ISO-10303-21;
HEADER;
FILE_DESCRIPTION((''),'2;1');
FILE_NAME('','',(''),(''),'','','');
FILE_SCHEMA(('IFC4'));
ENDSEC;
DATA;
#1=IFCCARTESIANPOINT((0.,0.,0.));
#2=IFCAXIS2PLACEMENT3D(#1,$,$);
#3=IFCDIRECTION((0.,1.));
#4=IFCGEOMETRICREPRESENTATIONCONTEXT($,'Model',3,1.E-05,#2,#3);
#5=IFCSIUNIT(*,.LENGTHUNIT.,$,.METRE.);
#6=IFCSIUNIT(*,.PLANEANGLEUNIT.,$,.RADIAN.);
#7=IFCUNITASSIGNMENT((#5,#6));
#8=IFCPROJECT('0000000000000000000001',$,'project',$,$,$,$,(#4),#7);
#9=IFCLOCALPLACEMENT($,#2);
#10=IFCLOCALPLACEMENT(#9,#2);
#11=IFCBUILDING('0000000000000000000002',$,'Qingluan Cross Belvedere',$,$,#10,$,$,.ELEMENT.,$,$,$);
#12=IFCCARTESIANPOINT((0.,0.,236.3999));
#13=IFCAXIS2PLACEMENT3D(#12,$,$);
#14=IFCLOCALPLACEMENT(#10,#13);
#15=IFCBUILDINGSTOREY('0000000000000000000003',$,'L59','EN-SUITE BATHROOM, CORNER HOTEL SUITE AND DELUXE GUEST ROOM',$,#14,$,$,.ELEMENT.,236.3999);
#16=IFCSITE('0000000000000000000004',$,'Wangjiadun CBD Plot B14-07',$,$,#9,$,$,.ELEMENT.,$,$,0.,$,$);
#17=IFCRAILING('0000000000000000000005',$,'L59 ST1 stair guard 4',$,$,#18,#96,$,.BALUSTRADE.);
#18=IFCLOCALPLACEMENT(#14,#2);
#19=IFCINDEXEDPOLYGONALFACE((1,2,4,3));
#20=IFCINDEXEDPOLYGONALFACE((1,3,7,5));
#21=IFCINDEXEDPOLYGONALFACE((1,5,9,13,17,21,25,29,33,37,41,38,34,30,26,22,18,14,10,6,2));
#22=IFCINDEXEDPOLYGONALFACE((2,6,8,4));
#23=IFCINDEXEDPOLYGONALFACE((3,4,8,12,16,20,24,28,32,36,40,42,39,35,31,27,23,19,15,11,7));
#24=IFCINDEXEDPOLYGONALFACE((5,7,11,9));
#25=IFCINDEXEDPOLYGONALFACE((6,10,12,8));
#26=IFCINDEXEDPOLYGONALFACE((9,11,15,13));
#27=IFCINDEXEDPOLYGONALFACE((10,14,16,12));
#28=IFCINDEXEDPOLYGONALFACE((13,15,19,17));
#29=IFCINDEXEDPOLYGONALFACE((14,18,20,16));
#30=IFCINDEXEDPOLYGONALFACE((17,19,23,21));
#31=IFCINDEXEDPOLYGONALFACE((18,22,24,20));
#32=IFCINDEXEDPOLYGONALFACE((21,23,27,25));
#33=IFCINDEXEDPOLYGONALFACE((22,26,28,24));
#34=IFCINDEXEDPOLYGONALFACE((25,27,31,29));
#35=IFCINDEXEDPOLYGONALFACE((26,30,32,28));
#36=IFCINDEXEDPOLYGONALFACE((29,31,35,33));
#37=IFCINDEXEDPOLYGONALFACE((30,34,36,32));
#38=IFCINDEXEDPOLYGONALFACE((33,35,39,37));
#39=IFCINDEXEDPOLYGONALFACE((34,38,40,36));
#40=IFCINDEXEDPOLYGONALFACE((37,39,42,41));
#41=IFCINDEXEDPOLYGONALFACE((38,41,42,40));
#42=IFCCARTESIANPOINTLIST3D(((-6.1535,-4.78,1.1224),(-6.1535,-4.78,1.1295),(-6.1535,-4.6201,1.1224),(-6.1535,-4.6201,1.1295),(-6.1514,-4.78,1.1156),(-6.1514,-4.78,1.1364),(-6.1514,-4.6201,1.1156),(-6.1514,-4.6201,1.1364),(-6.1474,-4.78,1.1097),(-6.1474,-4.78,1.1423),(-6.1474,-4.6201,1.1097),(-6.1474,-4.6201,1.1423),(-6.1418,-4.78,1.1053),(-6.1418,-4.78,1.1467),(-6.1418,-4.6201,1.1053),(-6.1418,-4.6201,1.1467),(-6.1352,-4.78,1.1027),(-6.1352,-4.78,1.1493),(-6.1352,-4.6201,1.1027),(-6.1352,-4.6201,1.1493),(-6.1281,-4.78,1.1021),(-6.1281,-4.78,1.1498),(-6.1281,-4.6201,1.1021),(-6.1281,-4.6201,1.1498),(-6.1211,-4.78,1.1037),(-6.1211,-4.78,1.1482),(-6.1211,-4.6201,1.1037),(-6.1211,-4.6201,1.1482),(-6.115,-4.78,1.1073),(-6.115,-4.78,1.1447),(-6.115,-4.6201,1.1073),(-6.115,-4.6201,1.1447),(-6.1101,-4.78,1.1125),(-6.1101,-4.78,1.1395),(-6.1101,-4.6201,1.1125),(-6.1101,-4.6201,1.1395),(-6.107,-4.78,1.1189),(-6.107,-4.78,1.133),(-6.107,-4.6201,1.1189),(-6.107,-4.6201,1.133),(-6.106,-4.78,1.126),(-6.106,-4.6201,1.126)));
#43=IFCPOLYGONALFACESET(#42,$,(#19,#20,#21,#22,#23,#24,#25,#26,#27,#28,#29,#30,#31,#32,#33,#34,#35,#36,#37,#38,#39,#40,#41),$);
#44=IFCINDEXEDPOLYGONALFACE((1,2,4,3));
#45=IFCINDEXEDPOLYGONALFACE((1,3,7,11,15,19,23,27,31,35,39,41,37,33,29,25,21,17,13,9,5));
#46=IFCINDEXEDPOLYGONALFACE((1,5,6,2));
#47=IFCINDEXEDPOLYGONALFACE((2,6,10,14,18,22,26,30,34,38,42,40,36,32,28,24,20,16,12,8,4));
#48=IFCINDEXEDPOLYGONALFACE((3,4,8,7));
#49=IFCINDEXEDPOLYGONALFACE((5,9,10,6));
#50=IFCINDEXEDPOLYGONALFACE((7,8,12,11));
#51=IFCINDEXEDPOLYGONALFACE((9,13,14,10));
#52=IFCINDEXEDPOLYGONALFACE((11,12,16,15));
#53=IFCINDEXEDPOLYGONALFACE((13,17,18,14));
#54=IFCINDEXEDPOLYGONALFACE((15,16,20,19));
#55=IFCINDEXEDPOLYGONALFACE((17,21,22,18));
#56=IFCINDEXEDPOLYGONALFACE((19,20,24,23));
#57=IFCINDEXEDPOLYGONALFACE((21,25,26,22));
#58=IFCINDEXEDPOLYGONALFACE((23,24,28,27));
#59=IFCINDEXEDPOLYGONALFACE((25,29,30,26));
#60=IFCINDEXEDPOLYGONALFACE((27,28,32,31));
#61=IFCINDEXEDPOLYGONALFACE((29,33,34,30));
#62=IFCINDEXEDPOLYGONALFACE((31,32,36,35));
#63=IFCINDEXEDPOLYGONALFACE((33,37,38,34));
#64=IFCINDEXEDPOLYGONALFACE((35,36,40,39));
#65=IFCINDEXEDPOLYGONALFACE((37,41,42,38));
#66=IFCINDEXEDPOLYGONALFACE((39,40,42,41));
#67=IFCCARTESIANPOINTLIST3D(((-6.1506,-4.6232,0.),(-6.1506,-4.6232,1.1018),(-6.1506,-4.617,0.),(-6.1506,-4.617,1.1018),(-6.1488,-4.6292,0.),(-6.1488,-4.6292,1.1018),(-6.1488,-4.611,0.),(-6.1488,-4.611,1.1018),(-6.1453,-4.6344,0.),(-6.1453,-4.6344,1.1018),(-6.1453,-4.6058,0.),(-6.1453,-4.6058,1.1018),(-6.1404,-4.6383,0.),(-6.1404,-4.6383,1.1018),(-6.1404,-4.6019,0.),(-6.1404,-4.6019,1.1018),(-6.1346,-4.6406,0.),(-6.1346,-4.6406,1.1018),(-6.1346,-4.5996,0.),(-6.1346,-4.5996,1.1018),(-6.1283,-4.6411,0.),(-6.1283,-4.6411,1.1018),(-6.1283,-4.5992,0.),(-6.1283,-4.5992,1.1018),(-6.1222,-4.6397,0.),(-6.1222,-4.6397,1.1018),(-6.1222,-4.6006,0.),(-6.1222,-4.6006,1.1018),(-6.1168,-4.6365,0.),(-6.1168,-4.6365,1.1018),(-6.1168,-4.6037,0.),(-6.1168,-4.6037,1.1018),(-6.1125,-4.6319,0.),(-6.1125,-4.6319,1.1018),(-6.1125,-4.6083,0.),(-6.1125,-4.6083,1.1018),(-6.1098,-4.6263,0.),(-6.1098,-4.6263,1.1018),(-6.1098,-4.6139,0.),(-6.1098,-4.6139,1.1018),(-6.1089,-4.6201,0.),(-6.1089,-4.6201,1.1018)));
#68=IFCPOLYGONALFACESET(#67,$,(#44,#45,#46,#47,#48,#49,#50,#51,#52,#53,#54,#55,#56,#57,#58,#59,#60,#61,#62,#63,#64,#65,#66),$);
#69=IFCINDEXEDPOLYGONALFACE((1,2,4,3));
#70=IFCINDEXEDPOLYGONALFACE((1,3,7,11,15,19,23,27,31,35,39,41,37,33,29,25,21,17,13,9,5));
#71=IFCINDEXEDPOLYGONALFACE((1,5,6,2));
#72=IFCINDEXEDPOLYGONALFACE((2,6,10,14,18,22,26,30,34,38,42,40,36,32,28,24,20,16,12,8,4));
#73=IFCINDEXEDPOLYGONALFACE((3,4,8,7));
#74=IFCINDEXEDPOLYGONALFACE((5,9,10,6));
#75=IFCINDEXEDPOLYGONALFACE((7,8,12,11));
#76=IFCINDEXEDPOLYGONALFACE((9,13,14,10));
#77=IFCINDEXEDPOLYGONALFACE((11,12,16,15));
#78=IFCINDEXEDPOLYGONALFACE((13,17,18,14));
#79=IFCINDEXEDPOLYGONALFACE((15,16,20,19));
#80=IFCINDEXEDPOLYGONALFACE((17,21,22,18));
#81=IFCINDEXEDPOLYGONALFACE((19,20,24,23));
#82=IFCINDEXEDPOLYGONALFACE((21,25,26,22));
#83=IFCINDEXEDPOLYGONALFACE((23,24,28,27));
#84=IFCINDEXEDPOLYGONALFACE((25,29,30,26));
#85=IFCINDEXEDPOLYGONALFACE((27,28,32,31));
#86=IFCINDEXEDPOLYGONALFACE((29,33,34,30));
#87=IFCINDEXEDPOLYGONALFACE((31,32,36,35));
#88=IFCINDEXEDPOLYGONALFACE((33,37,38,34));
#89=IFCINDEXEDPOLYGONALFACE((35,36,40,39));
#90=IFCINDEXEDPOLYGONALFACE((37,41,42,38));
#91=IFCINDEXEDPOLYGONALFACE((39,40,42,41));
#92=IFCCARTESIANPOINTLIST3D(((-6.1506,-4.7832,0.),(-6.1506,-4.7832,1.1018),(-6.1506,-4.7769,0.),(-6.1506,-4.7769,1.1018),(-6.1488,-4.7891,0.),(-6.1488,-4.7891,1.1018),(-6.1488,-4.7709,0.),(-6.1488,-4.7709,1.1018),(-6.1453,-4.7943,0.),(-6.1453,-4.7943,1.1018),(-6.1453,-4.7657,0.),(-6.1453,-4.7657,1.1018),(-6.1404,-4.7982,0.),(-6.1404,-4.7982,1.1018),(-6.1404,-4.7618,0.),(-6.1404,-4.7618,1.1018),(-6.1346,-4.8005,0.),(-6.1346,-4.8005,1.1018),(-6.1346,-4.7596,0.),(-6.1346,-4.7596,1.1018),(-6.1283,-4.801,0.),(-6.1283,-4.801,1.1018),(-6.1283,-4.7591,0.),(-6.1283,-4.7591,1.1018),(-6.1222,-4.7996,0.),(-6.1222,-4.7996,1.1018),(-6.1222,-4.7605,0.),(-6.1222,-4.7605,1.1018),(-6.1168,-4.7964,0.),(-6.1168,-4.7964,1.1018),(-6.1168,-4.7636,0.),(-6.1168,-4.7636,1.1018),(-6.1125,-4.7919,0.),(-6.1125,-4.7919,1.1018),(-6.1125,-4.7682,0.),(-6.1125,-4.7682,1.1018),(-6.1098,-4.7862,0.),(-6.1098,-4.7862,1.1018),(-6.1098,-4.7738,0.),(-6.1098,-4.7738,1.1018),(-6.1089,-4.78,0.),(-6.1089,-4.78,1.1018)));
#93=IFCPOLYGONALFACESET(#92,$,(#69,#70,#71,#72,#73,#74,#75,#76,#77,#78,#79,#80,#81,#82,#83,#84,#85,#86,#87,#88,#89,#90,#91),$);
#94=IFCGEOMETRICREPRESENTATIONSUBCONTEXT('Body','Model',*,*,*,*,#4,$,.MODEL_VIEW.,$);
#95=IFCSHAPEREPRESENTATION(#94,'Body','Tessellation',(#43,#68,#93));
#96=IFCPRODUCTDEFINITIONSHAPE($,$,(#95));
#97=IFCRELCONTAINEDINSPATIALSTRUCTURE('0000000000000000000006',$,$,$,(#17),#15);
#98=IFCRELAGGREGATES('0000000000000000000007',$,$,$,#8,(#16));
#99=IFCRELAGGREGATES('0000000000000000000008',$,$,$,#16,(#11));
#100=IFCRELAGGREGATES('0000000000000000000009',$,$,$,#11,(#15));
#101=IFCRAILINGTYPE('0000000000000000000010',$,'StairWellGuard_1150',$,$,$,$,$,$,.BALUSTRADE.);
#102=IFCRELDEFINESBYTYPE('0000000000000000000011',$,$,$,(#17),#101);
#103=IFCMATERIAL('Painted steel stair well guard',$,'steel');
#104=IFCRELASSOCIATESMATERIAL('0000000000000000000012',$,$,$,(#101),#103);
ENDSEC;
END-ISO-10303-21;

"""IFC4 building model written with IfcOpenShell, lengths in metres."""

from ifc_helpers import new_model, si_unit, direction, frame, origin, origin_2d, place, context, subcontext, project, spatial, circle, extrude, material, type_object, element, save


model = new_model("IFC4")

# Units and contexts
model_context = context("Model", 3, precision=1e-05, world=origin(), true_north=direction((0.0, 1.0)))
body_context = subcontext(model_context, "Body", "Model", "MODEL_VIEW")
ifc_project = project(units=[si_unit("LENGTHUNIT", "METRE"), si_unit("PLANEANGLEUNIT", "RADIAN")], contexts=[model_context])

# Site, building, storey
site_placement = place(None, origin())
site = spatial("IfcSite", under=ifc_project, at=site_placement, Name="Wangjiadun CBD Plot B14-07", CompositionType="ELEMENT", RefElevation=0.0)
building_placement = place(site_placement, origin())
building = spatial("IfcBuilding", under=site, at=building_placement, Name="Qingluan Cross Belvedere", CompositionType="ELEMENT")
storey_placement = place(building_placement, frame((0.0, 0.0, 236.3999)))
storey = spatial("IfcBuildingStorey", under=building, at=storey_placement, Name="L59", Description="EN-SUITE BATHROOM, CORNER HOTEL SUITE AND DELUXE GUEST ROOM", CompositionType="ELEMENT", Elevation=236.3999)

# Railing
ifc_material_1 = material(Name="Painted steel stair well guard", Category="steel")
railing_type_1 = type_object("IfcRailingType", Name="StairWellGuard_1150", PredefinedType="BALUSTRADE", material=ifc_material_1)
railing_1_placement = place(storey_placement, frame((-6.1299, -4.6201, 0.0)))
element("IfcRailing", 1, at=railing_1_placement, inside=storey, type_object=railing_type_1, Name="L59 ST1 stair guard 4", PredefinedType="BALUSTRADE", context=body_context, shape_type="SweptSolid", body=[
    extrude(circle(Radius=0.0239, at=origin_2d()), frame((0.0, 0.0, 1.126), z_axis=(0.0, -1.0, 0.0), x_axis=(1.0, 0.0, 0.0)), (0.0, 0.0, 1.0), 0.1599),
    extrude(circle(Radius=0.021, at=origin_2d()), origin(), (0.0, 0.0, 1.0), 1.1018),
    extrude(circle(Radius=0.021, at=origin_2d()), frame((0.0, -0.1599, 0.0)), (0.0, 0.0, 1.0), 1.1018),
])

save(model, "model.ifc")
